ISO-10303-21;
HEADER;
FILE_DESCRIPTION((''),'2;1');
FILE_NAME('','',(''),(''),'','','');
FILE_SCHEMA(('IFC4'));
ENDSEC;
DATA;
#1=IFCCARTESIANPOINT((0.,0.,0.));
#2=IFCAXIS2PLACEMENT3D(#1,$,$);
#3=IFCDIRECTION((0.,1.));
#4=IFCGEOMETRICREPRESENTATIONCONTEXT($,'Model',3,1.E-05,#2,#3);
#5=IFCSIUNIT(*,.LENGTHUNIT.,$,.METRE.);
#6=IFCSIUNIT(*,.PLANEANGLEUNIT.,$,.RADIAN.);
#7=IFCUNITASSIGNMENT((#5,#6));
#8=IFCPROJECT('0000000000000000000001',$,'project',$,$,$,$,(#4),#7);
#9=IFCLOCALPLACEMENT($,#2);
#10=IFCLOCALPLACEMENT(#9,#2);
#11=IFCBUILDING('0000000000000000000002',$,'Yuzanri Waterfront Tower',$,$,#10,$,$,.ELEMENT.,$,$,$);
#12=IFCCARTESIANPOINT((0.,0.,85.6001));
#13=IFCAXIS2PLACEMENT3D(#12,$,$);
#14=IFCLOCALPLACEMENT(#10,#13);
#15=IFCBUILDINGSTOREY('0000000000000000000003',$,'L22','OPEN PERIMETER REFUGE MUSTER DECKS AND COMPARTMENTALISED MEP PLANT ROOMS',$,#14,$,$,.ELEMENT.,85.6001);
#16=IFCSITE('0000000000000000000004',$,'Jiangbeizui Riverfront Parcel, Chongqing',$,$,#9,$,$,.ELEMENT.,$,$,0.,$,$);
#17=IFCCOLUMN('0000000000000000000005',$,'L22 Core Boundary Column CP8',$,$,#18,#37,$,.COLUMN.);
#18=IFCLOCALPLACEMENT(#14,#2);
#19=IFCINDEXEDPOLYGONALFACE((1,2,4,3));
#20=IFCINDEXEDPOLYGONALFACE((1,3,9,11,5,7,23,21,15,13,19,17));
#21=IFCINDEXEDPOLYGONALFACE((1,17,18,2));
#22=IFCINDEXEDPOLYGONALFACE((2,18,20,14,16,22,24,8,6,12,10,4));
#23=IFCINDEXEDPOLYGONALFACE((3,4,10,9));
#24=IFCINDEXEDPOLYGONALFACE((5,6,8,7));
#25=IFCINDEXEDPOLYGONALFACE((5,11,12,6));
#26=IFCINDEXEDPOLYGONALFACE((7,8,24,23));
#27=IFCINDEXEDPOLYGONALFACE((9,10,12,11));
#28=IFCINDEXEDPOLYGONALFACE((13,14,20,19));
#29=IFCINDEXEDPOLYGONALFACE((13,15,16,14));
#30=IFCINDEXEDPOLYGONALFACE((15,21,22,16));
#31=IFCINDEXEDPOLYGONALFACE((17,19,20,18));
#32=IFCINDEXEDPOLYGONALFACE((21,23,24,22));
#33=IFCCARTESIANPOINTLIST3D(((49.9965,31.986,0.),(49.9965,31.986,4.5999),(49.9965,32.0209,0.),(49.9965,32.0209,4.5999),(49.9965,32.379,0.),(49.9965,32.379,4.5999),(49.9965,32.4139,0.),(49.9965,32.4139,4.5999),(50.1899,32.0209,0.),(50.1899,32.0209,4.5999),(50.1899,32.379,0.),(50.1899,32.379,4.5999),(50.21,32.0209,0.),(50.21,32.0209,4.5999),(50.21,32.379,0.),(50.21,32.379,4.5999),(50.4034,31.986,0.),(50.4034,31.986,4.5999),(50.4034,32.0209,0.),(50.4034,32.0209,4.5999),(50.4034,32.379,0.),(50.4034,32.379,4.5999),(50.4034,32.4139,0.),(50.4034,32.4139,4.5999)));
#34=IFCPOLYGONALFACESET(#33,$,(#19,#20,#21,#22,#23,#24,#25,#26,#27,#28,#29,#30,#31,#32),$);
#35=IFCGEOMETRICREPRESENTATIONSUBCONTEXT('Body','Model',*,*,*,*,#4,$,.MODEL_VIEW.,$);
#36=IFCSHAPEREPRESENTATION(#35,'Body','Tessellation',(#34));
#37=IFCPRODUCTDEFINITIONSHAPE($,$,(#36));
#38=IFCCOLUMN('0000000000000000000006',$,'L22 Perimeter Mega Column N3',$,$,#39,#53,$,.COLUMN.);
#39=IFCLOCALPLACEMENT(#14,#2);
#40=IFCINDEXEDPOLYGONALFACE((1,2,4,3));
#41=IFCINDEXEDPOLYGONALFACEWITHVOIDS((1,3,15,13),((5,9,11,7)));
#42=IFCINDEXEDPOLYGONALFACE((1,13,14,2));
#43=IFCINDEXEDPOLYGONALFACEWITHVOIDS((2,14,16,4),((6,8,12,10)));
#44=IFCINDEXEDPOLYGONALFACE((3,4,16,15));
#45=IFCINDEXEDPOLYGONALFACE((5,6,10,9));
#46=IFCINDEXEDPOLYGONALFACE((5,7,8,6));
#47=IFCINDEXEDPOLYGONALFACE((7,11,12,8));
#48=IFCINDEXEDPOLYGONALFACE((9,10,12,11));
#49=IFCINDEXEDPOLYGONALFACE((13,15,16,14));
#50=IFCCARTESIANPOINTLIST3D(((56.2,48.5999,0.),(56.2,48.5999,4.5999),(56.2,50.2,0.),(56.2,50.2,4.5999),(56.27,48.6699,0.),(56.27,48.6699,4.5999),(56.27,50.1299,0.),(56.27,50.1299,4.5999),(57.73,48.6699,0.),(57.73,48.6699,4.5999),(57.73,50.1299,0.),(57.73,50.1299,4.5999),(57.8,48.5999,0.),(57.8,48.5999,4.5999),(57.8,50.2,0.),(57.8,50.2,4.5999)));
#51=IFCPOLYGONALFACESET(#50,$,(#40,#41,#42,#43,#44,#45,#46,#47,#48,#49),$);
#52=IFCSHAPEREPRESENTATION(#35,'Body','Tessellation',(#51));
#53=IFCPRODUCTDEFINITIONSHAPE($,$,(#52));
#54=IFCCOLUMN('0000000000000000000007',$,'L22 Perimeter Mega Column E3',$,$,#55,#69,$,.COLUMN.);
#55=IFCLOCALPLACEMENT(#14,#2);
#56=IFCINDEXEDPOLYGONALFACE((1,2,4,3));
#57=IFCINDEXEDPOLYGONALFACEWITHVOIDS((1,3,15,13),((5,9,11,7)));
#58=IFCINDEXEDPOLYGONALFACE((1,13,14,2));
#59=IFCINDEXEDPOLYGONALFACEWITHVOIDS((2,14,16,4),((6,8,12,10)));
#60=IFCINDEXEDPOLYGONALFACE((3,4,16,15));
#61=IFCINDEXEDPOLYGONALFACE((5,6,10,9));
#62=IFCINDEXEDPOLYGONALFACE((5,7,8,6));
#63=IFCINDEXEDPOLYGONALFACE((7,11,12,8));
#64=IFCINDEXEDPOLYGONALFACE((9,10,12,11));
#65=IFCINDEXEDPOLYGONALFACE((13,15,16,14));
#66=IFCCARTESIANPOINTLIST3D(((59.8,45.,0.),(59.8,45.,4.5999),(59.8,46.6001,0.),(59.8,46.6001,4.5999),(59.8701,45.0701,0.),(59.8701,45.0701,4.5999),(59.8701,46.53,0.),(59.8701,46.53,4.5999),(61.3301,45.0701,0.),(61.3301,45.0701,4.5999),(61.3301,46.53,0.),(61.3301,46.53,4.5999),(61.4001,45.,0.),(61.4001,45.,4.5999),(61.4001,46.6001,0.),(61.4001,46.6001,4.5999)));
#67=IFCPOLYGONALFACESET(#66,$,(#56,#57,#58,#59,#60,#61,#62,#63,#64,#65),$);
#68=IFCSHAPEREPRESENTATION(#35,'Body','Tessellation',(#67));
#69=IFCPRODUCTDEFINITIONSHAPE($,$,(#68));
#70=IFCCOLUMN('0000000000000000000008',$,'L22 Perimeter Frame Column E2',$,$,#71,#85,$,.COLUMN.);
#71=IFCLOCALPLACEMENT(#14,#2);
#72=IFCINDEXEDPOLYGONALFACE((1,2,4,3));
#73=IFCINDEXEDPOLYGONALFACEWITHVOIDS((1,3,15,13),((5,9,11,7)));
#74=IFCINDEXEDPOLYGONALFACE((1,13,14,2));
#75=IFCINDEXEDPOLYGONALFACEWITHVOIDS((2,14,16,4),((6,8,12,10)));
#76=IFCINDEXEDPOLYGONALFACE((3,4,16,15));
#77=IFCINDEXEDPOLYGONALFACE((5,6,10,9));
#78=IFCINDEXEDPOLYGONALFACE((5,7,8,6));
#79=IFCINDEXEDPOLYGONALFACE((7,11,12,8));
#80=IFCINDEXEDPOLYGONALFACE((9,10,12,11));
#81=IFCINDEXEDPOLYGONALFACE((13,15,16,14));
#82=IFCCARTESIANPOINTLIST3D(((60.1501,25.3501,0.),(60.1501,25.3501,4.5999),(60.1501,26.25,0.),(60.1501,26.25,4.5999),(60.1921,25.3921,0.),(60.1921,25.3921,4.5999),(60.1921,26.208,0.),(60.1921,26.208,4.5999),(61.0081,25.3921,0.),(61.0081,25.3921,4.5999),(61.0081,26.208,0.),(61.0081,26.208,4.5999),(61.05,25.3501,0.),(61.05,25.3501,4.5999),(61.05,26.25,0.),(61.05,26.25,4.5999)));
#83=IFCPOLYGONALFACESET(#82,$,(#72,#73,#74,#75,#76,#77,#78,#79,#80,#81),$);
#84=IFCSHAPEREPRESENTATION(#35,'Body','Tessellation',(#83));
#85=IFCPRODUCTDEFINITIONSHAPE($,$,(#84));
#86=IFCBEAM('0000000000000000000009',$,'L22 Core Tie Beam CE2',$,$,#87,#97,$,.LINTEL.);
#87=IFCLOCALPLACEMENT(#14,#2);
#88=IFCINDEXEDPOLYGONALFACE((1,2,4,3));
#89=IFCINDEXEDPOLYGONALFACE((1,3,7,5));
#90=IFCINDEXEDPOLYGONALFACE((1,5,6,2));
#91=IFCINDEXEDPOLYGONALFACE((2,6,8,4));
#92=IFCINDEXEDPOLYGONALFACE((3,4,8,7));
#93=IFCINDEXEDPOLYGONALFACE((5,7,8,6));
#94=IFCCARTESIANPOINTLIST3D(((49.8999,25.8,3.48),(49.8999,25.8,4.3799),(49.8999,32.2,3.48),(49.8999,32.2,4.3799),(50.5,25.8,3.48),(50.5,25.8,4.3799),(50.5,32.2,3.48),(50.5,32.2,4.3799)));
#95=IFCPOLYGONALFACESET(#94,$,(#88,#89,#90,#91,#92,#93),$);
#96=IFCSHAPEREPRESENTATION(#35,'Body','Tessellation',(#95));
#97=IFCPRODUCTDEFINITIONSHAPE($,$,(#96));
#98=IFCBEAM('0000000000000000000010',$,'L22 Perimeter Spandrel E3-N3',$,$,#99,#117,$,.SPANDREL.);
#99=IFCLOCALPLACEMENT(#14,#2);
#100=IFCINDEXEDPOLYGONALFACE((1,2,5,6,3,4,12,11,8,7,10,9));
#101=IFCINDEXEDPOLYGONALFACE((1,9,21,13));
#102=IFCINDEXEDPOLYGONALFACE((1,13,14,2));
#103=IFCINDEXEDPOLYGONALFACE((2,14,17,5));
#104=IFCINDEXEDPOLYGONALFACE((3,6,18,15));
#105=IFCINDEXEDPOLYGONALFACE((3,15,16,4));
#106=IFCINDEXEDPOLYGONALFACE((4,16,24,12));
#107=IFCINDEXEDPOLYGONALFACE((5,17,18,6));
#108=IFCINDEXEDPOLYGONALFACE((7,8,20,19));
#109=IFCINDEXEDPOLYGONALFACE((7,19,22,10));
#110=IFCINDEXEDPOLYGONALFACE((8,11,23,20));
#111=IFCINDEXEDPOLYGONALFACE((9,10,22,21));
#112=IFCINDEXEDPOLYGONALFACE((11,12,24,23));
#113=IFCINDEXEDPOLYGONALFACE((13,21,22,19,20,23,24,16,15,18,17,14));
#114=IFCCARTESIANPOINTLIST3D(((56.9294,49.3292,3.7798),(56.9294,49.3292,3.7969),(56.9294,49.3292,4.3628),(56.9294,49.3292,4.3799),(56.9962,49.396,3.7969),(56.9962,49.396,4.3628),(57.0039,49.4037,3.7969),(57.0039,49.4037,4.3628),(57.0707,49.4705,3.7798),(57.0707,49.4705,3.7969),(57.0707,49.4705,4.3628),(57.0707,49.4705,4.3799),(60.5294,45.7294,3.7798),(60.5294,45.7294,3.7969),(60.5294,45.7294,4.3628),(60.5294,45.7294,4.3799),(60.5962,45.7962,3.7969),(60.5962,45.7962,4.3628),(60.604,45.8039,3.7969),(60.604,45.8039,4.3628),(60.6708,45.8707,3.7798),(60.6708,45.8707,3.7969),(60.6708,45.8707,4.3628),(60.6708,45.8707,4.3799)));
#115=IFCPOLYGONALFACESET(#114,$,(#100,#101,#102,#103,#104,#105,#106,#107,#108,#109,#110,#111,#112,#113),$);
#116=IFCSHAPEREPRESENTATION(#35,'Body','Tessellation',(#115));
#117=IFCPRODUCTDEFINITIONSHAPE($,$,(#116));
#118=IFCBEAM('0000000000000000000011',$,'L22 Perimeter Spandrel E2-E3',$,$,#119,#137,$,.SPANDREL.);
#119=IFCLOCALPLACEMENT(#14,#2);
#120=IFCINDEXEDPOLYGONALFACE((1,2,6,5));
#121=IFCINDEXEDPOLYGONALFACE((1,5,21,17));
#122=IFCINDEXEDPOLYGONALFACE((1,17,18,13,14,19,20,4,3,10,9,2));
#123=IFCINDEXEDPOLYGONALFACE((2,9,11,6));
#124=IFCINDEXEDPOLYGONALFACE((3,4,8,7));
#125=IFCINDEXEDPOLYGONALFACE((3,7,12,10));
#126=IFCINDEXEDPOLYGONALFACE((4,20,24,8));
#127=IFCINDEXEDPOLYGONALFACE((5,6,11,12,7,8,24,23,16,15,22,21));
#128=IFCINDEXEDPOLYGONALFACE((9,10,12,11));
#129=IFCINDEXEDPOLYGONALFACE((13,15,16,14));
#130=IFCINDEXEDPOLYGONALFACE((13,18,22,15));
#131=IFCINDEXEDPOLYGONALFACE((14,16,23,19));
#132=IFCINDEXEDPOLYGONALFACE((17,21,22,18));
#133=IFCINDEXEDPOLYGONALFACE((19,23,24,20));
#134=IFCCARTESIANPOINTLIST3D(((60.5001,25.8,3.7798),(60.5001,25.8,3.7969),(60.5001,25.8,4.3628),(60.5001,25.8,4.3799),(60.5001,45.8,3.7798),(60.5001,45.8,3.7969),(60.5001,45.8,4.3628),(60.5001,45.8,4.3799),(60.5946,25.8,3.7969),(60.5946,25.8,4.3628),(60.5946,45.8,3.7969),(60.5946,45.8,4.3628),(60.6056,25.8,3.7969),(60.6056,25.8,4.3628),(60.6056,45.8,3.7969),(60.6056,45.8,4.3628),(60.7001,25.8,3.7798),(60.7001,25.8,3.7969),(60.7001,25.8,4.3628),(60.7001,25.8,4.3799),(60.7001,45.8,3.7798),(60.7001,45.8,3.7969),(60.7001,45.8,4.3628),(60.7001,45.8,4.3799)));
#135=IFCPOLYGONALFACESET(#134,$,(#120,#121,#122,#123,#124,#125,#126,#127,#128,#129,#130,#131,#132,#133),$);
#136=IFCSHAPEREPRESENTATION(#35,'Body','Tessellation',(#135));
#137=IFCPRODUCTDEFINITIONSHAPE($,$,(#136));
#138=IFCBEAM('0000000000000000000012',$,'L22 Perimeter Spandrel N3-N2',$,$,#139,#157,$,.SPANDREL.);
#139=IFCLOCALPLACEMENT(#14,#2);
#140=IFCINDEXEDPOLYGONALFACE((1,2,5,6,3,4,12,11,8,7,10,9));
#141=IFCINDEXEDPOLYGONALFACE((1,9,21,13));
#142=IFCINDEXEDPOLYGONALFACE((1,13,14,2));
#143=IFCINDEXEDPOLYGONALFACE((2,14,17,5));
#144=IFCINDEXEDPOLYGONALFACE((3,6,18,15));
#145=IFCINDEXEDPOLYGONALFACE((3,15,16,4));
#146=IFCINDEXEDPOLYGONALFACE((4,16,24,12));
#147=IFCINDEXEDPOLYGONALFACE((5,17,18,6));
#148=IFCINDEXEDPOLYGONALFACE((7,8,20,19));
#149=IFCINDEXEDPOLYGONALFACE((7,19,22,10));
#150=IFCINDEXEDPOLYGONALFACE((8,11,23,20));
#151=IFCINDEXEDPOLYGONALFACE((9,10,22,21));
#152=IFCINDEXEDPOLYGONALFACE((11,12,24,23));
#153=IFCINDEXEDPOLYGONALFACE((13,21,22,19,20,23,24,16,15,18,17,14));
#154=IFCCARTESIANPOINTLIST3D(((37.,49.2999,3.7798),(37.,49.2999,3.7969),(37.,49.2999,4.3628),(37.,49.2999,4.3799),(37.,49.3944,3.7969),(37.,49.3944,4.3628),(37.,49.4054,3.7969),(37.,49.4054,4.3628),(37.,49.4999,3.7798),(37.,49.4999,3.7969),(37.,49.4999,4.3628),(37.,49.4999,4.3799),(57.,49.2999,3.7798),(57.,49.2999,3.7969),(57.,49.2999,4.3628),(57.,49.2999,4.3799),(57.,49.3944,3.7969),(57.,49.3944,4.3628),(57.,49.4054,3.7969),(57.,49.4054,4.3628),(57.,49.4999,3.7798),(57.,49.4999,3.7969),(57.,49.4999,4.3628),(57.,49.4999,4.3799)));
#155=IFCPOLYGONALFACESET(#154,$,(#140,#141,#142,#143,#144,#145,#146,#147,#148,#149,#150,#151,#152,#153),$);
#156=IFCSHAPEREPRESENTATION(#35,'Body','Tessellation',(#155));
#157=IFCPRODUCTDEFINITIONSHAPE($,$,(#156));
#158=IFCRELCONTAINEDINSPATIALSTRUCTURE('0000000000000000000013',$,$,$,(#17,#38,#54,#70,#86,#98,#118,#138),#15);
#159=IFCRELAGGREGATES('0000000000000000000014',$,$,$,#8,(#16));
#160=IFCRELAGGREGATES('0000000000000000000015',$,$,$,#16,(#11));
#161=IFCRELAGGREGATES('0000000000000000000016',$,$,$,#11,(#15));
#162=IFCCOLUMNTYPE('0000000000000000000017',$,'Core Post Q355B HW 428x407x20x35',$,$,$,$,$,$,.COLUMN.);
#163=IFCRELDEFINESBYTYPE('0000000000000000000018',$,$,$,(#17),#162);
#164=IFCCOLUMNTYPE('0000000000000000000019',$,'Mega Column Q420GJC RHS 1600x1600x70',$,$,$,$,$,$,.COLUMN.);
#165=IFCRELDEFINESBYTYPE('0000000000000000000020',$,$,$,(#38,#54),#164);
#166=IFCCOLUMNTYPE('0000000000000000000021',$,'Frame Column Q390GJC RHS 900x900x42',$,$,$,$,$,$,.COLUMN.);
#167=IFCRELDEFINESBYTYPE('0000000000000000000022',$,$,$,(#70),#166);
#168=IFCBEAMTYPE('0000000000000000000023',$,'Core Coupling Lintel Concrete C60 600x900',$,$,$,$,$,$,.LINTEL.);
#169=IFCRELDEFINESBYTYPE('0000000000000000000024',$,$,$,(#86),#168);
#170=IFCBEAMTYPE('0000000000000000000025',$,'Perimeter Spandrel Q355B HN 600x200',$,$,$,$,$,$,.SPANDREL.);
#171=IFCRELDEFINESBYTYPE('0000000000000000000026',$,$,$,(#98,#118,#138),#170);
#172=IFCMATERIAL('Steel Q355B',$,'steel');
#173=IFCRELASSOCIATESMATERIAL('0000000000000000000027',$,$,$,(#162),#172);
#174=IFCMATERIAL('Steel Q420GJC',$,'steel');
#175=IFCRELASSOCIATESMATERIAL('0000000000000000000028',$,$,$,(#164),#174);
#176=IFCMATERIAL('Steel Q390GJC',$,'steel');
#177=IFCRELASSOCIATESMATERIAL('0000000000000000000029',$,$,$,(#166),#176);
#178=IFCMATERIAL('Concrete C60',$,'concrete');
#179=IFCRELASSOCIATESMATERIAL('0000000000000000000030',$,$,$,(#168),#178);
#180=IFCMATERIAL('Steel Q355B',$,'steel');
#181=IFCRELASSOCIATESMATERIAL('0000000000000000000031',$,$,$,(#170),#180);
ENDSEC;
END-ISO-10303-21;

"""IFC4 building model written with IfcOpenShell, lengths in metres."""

from ifc_helpers import new_model, si_unit, direction, frame, origin, origin_2d, place, context, subcontext, project, spatial, rectangle, hollow_rectangle, i_section, extrude, source, transform, mapped, material, material_profile, profile_set, type_object, element, save


model = new_model("IFC4")

# Units and contexts
model_context = context("Model", 3, precision=1e-05, world=origin(), true_north=direction((0.0, 1.0)))
body_context = subcontext(model_context, "Body", "Model", "MODEL_VIEW")
ifc_project = project(units=[si_unit("LENGTHUNIT", "METRE"), si_unit("PLANEANGLEUNIT", "RADIAN")], contexts=[model_context])

# Site, building, storey
site_placement = place(None, origin())
site = spatial("IfcSite", under=ifc_project, at=site_placement, Name="Jiangbeizui Riverfront Parcel, Chongqing", CompositionType="ELEMENT", RefElevation=0.0)
building_placement = place(site_placement, origin())
building = spatial("IfcBuilding", under=site, at=building_placement, Name="Yuzanri Waterfront Tower", CompositionType="ELEMENT")
storey_placement = place(building_placement, frame((0.0, 0.0, 85.6001)))
storey = spatial("IfcBuildingStorey", under=building, at=storey_placement, Name="L22", Description="OPEN PERIMETER REFUGE MUSTER DECKS AND COMPARTMENTALISED MEP PLANT ROOMS", CompositionType="ELEMENT", Elevation=85.6001)

# Columns
ifc_material_1 = material(Name="Steel Q355B", Category="steel")
ifc_material_profile_1 = material_profile(ifc_material_1, i_section(OverallWidth=0.407, OverallDepth=0.428, WebThickness=0.02, FlangeThickness=0.0349, at=origin_2d()), Name="HW 428x407x20x35")
ifc_profile_set_1 = profile_set([ifc_material_profile_1], Name="Steel Q355B")
column_type_1 = type_object("IfcColumnType", Name="Core Post Q355B HW 428x407x20x35", PredefinedType="COLUMN", material=ifc_profile_set_1)
shared_shape_1 = source(origin(), body_context, "Body", "SweptSolid", [
    extrude(i_section(OverallWidth=0.407, OverallDepth=0.428, WebThickness=0.02, FlangeThickness=0.0349, at=origin_2d()), origin(), (0.0, 0.0, 1.0), 4.5999),
])
column_1_placement = place(storey_placement, frame((50.2, 32.2, 0.0), z_axis=(0.0, 0.0, 1.0), x_axis=(1.0, 0.0, 0.0)))
element("IfcColumn", 1, at=column_1_placement, inside=storey, type_object=column_type_1, Name="L22 Core Boundary Column CP8", PredefinedType="COLUMN", context=body_context, shape_type="MappedRepresentation", body=[
    mapped(shared_shape_1, transform((0.0, 0.0, 0.0), scale=1.0)),
])
ifc_material_2 = material(Name="Steel Q420GJC", Category="steel")
ifc_material_profile_2 = material_profile(ifc_material_2, hollow_rectangle(XDim=1.6001, YDim=1.6001, WallThickness=0.0701, at=origin_2d()), Name="RHS 1600x1600x70")
ifc_profile_set_2 = profile_set([ifc_material_profile_2], Name="Steel Q420GJC")
column_type_2 = type_object("IfcColumnType", Name="Mega Column Q420GJC RHS 1600x1600x70", PredefinedType="COLUMN", material=ifc_profile_set_2)
shared_shape_2 = source(origin(), body_context, "Body", "SweptSolid", [
    extrude(hollow_rectangle(XDim=1.6001, YDim=1.6001, WallThickness=0.0701, at=origin_2d()), origin(), (0.0, 0.0, 1.0), 4.5999),
])
for number, where, z_axis, x_axis, name in (
    (2, (57.0, 49.3999, 0.0), (0.0, 0.0, 1.0), (1.0, 0.0, 0.0), "L22 Perimeter Mega Column N3"),
    (3, (60.6001, 45.8, 0.0), (0.0, 0.0, 1.0), (1.0, 0.0, 0.0), "L22 Perimeter Mega Column E3"),
):
    element("IfcColumn", number, at=place(storey_placement, frame(where, z_axis=z_axis, x_axis=x_axis)), inside=storey, type_object=column_type_2, Name=name, PredefinedType="COLUMN", context=body_context, shape_type="MappedRepresentation", body=[
        mapped(shared_shape_2, transform((0.0, 0.0, 0.0), scale=1.0)),
    ])
ifc_material_3 = material(Name="Steel Q390GJC", Category="steel")
ifc_material_profile_3 = material_profile(ifc_material_3, hollow_rectangle(XDim=0.8999, YDim=0.8999, WallThickness=0.042, at=origin_2d()), Name="RHS 900x900x42")
ifc_profile_set_3 = profile_set([ifc_material_profile_3], Name="Steel Q390GJC")
column_type_3 = type_object("IfcColumnType", Name="Frame Column Q390GJC RHS 900x900x42", PredefinedType="COLUMN", material=ifc_profile_set_3)
shared_shape_3 = source(origin(), body_context, "Body", "SweptSolid", [
    extrude(hollow_rectangle(XDim=0.8999, YDim=0.8999, WallThickness=0.042, at=origin_2d()), origin(), (0.0, 0.0, 1.0), 4.5999),
])
column_2_placement = place(storey_placement, frame((60.6001, 25.8, 0.0), z_axis=(0.0, 0.0, 1.0), x_axis=(1.0, 0.0, 0.0)))
element("IfcColumn", 4, at=column_2_placement, inside=storey, type_object=column_type_3, Name="L22 Perimeter Frame Column E2", PredefinedType="COLUMN", context=body_context, shape_type="MappedRepresentation", body=[
    mapped(shared_shape_3, transform((0.0, 0.0, 0.0), scale=1.0)),
])

# Beams
ifc_material_4 = material(Name="Concrete C60", Category="concrete")
ifc_material_profile_4 = material_profile(ifc_material_4, rectangle(XDim=0.6001, YDim=0.8999, at=origin_2d()), Name="RC 600x900")
ifc_profile_set_4 = profile_set([ifc_material_profile_4], Name="Concrete C60")
beam_type_1 = type_object("IfcBeamType", Name="Core Coupling Lintel Concrete C60 600x900", PredefinedType="LINTEL", material=ifc_profile_set_4)
shared_shape_4 = source(origin(), body_context, "Body", "SweptSolid", [
    extrude(rectangle(XDim=0.6001, YDim=0.8999, at=origin_2d()), origin(), (0.0, 0.0, 1.0), 6.3999),
])
beam_1_placement = place(storey_placement, frame((50.2, 25.8, 3.9299), z_axis=(0.0, 1.0, 0.0), x_axis=(-1.0, 0.0, 0.0)))
element("IfcBeam", 5, at=beam_1_placement, inside=storey, type_object=beam_type_1, Name="L22 Core Tie Beam CE2", PredefinedType="LINTEL", context=body_context, shape_type="MappedRepresentation", body=[
    mapped(shared_shape_4, transform((0.0, 0.0, 0.0), scale=1.0)),
])
ifc_material_5 = material(Name="Steel Q355B", Category="steel")
ifc_material_profile_5 = material_profile(ifc_material_5, i_section(OverallWidth=0.2, OverallDepth=0.6001, WebThickness=0.011, FlangeThickness=0.0171, at=origin_2d()), Name="HN 600x200x11x17")
ifc_profile_set_5 = profile_set([ifc_material_profile_5], Name="Steel Q355B")
beam_type_2 = type_object("IfcBeamType", Name="Perimeter Spandrel Q355B HN 600x200", PredefinedType="SPANDREL", material=ifc_profile_set_5)
shared_shape_5 = source(origin(), body_context, "Body", "SweptSolid", [
    extrude(i_section(OverallWidth=0.2, OverallDepth=0.6001, WebThickness=0.011, FlangeThickness=0.0171, at=origin_2d()), origin(), (0.0, 0.0, 1.0), 5.0911),
])
beam_2_placement = place(storey_placement, frame((60.6001, 45.8, 4.0798), z_axis=(-0.707131, 0.707083, 0.0), x_axis=(-0.707083, -0.707131, 0.0)))
element("IfcBeam", 6, at=beam_2_placement, inside=storey, type_object=beam_type_2, Name="L22 Perimeter Spandrel E3-N3", PredefinedType="SPANDREL", context=body_context, shape_type="MappedRepresentation", body=[
    mapped(shared_shape_5, transform((0.0, 0.0, 0.0), scale=1.0)),
])
shared_shape_6 = source(origin(), body_context, "Body", "SweptSolid", [
    extrude(i_section(OverallWidth=0.2, OverallDepth=0.6001, WebThickness=0.011, FlangeThickness=0.0171, at=origin_2d()), origin(), (0.0, 0.0, 1.0), 20.0),
])
for number, where, z_axis, x_axis, name in (
    (7, (60.6001, 25.8, 4.0798), (0.0, 1.0, 0.0), (-1.0, 0.0, 0.0), "L22 Perimeter Spandrel E2-E3"),
    (8, (57.0, 49.3999, 4.0798), (-1.0, 0.0, 0.0), (0.0, -1.0, 0.0), "L22 Perimeter Spandrel N3-N2"),
):
    element("IfcBeam", number, at=place(storey_placement, frame(where, z_axis=z_axis, x_axis=x_axis)), inside=storey, type_object=beam_type_2, Name=name, PredefinedType="SPANDREL", context=body_context, shape_type="MappedRepresentation", body=[
        mapped(shared_shape_6, transform((0.0, 0.0, 0.0), scale=1.0)),
    ])

save(model, "model.ifc")
